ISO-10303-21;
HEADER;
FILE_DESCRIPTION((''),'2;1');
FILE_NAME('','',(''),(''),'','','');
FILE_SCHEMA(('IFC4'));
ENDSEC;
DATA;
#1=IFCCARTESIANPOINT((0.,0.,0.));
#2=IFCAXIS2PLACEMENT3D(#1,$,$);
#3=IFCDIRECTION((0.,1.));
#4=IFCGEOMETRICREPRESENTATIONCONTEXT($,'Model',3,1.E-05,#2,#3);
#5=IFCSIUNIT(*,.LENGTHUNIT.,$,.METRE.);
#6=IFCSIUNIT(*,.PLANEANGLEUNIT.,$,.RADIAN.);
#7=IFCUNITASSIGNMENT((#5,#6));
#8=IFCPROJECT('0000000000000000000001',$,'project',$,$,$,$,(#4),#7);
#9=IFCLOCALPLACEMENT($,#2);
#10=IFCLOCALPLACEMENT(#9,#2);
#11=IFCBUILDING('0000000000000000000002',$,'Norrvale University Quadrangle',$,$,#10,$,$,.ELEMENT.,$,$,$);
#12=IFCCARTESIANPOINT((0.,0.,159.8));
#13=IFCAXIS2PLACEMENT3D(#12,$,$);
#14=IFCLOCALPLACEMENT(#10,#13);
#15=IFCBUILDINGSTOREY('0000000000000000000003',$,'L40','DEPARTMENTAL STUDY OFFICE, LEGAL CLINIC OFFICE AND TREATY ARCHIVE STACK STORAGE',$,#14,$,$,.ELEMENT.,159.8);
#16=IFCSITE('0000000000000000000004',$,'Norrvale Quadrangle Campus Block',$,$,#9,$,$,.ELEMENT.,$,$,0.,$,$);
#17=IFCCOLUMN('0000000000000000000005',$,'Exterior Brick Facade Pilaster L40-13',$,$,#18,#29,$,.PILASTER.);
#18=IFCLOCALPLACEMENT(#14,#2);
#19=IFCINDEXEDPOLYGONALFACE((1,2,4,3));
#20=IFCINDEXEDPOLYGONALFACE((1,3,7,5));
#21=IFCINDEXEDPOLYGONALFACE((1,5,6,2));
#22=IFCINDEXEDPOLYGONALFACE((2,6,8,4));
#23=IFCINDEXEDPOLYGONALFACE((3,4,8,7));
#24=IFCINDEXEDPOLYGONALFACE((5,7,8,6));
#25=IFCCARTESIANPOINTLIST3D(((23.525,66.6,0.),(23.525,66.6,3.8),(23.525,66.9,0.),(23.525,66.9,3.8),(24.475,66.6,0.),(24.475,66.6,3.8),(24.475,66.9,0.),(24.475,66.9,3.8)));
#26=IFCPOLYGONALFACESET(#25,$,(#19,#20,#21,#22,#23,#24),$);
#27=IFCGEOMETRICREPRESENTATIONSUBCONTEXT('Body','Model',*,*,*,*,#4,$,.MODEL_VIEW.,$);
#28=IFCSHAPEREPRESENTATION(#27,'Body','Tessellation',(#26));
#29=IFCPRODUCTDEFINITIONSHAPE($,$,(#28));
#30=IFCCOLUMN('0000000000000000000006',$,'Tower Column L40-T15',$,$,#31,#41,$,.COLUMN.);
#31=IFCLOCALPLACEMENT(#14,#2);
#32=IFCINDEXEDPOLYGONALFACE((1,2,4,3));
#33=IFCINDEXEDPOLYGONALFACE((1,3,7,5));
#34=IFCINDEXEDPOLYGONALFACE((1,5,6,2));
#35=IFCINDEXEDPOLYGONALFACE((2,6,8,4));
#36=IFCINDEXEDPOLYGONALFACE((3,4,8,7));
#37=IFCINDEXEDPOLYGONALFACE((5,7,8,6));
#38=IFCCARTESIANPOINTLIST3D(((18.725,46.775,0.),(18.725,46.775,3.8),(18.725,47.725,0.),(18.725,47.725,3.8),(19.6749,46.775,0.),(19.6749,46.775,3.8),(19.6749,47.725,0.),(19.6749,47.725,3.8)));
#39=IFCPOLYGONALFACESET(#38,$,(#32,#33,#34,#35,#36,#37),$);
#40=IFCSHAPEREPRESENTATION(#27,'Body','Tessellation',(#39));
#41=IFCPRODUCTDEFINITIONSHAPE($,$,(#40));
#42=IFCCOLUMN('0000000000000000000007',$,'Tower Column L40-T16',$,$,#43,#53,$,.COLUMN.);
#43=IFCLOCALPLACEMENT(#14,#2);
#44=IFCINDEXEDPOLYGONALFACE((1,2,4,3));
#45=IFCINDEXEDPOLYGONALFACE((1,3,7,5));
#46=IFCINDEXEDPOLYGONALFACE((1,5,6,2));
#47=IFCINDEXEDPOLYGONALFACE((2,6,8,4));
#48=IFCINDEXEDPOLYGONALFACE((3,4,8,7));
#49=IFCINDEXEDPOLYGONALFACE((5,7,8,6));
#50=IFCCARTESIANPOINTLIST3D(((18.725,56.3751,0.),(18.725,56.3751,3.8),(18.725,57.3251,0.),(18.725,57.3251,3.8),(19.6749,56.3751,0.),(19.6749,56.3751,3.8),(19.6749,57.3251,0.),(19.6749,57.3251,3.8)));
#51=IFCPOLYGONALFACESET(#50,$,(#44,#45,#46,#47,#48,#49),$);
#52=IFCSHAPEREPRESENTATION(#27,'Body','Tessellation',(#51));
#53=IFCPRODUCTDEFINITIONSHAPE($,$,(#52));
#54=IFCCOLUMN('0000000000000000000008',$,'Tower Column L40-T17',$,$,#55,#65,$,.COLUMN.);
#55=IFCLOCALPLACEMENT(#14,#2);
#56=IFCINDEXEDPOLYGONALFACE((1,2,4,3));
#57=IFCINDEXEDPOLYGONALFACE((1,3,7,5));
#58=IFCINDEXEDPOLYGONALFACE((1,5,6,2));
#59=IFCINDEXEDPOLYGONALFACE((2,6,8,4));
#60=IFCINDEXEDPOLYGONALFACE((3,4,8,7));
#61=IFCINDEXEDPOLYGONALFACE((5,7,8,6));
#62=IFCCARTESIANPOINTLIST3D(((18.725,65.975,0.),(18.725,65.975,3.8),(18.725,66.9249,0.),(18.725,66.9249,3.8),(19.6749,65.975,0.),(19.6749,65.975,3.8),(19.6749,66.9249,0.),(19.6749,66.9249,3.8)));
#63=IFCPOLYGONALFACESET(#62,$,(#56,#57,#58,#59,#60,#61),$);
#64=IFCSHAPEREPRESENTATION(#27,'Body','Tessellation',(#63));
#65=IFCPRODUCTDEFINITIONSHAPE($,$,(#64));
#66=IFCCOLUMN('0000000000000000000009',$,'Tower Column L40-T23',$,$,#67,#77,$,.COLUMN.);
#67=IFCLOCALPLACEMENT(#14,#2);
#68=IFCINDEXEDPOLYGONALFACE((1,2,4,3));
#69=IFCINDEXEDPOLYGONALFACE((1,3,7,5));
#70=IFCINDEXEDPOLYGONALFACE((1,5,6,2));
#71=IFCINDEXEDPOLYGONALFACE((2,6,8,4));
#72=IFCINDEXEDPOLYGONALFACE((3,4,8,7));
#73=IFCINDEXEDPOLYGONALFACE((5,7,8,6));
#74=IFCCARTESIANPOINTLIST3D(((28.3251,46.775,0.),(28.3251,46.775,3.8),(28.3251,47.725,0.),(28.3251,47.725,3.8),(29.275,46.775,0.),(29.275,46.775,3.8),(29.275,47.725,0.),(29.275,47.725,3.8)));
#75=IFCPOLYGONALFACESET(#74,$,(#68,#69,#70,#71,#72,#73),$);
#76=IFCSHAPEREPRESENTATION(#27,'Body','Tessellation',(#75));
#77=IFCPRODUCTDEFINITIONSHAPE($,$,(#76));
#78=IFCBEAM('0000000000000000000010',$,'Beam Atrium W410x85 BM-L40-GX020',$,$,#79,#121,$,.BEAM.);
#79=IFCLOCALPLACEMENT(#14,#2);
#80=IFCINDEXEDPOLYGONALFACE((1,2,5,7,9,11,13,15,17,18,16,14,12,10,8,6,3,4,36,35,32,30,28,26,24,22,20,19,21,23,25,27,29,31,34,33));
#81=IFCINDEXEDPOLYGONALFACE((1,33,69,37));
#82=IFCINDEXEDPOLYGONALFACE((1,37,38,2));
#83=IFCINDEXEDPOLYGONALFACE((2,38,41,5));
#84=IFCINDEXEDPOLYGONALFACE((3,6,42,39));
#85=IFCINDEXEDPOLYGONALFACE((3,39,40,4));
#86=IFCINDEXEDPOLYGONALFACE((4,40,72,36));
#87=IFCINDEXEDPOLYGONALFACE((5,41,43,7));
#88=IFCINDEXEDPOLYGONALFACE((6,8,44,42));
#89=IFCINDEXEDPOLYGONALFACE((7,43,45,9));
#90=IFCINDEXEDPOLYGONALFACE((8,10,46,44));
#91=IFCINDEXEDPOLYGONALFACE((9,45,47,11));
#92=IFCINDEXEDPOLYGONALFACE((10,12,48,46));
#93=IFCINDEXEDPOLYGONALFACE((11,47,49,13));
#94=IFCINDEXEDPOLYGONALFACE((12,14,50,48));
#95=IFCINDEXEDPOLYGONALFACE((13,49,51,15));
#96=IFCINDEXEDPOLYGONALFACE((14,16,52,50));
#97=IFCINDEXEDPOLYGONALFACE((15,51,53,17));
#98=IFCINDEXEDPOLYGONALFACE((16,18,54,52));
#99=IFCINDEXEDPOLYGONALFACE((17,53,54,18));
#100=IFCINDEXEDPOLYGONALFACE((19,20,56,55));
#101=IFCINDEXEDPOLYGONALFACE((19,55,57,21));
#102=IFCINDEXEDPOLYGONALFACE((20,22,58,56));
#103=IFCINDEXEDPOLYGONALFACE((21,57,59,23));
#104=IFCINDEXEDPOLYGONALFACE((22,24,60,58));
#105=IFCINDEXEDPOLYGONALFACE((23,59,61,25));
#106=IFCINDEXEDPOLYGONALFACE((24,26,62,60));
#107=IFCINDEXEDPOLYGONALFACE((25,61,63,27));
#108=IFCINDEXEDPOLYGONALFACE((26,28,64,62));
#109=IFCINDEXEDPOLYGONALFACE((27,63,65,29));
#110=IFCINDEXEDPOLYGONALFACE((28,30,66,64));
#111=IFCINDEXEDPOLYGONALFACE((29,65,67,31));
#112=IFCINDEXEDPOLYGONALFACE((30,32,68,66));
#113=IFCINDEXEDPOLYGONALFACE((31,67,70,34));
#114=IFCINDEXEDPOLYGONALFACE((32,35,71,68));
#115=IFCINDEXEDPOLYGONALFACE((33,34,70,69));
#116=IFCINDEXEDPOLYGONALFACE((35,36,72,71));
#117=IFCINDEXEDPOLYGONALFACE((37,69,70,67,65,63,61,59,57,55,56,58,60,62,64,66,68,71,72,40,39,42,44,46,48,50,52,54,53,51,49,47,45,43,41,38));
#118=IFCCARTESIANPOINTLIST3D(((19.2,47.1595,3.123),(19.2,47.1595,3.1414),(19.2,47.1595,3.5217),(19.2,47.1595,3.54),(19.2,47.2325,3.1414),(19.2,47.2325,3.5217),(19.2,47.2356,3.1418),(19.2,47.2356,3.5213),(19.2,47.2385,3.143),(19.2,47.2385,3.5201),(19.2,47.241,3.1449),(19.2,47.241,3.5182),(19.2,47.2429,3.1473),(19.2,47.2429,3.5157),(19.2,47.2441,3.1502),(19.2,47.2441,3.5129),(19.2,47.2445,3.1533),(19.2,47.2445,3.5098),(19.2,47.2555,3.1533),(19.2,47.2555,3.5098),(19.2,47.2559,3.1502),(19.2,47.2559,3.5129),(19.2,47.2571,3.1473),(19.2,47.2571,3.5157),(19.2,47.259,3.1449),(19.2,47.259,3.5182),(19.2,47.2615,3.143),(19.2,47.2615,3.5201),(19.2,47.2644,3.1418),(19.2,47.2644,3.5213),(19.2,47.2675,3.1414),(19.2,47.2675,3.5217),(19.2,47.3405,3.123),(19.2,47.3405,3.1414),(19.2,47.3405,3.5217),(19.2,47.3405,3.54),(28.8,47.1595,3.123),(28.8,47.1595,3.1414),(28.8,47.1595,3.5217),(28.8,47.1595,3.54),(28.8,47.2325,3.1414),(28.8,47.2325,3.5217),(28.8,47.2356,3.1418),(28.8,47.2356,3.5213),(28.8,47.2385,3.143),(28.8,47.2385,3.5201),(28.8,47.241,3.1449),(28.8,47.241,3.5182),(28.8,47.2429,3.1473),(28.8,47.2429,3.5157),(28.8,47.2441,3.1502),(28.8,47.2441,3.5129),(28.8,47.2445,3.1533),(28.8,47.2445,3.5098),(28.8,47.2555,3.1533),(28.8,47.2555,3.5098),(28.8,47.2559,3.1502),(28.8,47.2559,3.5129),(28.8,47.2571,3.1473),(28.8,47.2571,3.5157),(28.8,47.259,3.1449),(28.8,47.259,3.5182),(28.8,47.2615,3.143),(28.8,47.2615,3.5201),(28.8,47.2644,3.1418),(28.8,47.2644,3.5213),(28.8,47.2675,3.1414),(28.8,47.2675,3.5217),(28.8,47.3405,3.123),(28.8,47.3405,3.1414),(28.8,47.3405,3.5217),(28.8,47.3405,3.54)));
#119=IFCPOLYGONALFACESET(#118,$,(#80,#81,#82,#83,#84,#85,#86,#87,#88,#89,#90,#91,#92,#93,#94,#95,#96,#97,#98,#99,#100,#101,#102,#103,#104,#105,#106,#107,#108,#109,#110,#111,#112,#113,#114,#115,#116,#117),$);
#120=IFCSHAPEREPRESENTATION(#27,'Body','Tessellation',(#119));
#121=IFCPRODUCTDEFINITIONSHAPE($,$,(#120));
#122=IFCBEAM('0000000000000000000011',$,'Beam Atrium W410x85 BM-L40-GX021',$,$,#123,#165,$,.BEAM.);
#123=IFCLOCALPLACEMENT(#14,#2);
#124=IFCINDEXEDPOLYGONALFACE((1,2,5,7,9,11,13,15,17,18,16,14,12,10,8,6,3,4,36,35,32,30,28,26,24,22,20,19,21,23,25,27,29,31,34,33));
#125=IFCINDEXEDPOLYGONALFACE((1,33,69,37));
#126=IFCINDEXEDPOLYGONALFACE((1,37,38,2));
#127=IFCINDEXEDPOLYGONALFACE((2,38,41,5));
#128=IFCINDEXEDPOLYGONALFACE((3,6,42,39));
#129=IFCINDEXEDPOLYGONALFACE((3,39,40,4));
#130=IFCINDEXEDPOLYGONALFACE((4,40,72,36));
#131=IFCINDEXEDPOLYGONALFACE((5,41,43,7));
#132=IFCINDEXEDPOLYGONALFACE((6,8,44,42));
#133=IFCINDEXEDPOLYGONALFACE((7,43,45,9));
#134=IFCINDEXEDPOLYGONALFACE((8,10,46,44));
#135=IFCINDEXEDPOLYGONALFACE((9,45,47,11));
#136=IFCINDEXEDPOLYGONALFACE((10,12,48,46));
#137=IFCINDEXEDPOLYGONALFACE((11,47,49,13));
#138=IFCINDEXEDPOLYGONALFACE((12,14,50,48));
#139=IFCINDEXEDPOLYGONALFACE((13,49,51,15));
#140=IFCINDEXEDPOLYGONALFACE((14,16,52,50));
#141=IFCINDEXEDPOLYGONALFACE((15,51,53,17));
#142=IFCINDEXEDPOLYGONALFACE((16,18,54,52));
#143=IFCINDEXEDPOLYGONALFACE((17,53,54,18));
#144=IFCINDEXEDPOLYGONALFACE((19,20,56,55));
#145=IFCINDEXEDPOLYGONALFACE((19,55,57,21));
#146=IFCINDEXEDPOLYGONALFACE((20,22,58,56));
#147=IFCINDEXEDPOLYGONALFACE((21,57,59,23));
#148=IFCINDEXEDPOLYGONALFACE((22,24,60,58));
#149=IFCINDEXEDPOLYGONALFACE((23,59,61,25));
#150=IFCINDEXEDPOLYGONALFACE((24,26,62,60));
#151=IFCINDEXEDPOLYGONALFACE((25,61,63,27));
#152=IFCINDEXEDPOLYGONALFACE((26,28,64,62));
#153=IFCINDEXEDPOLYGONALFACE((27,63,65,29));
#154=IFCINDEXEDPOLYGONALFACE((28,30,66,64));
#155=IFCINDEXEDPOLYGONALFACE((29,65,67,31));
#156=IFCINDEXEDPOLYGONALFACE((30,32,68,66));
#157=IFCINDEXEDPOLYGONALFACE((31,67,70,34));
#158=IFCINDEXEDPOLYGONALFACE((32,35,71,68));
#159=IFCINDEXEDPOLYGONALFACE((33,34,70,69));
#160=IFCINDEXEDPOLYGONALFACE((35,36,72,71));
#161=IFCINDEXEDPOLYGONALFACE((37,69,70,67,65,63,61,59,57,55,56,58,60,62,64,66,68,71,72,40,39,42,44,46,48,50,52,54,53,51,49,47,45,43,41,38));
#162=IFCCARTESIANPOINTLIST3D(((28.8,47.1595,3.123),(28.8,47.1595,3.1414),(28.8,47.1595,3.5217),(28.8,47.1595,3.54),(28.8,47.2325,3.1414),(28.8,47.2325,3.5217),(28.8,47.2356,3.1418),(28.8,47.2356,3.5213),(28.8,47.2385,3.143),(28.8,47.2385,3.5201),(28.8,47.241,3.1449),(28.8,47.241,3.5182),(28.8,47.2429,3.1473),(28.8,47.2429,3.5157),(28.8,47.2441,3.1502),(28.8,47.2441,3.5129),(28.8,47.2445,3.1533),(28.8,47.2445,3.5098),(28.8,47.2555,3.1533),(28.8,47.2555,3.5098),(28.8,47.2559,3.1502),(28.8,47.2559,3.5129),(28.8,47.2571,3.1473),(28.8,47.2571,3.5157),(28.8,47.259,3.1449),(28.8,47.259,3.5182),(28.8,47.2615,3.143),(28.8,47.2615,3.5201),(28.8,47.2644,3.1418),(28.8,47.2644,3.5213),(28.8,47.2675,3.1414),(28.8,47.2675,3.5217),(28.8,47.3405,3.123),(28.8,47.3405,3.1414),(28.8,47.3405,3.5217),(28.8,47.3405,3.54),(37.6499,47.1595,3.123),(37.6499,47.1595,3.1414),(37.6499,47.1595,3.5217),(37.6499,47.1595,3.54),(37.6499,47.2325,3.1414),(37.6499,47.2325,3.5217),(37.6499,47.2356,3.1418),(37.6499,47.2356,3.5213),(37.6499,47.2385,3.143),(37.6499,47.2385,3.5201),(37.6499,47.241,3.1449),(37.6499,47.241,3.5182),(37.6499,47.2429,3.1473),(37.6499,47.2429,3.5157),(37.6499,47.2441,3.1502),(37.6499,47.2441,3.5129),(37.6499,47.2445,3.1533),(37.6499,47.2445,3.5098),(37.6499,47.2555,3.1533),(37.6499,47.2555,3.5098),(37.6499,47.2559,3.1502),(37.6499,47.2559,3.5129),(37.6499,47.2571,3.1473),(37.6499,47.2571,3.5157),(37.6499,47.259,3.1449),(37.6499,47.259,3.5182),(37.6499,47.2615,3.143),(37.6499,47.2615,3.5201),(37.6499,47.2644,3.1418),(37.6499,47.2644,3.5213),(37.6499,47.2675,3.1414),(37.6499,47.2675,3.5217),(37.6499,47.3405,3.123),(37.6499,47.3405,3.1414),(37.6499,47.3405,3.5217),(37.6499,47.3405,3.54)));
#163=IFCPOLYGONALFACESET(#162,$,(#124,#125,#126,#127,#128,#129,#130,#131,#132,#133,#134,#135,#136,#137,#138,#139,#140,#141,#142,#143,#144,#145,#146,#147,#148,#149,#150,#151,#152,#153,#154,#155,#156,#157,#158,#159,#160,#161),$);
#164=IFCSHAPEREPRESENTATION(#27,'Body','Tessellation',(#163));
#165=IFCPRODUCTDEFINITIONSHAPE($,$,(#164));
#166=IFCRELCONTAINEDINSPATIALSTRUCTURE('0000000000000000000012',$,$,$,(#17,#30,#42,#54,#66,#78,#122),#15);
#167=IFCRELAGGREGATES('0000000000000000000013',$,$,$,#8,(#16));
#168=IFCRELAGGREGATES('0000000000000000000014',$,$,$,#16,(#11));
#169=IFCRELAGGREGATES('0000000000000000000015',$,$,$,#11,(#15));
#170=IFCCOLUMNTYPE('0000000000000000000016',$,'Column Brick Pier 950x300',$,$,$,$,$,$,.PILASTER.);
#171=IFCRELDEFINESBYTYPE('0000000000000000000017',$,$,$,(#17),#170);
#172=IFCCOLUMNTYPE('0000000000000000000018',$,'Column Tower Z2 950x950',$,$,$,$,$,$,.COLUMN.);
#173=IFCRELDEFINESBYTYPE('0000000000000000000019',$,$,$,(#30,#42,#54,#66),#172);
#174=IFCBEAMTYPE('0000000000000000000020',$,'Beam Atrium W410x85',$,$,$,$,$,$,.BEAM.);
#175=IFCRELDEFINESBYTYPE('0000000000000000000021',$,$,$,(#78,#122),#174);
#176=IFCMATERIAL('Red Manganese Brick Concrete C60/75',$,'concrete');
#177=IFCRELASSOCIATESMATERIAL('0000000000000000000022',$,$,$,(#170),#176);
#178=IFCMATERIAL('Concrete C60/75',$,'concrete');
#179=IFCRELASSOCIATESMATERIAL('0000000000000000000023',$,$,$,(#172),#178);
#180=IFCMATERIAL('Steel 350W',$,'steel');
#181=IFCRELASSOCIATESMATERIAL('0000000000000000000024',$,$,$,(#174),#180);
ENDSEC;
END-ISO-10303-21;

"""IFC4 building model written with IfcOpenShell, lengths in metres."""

from ifc_helpers import new_model, si_unit, direction, frame, origin, origin_2d, place, context, subcontext, project, spatial, rectangle, i_section, extrude, material, material_profile, profile_set, type_object, element, save


model = new_model("IFC4")

# Units and contexts
model_context = context("Model", 3, precision=1e-05, world=origin(), true_north=direction((0.0, 1.0)))
body_context = subcontext(model_context, "Body", "Model", "MODEL_VIEW")
ifc_project = project(units=[si_unit("LENGTHUNIT", "METRE"), si_unit("PLANEANGLEUNIT", "RADIAN")], contexts=[model_context])

# Site, building, storey
site_placement = place(None, origin())
site = spatial("IfcSite", under=ifc_project, at=site_placement, Name="Norrvale Quadrangle Campus Block", CompositionType="ELEMENT", RefElevation=0.0)
building_placement = place(site_placement, origin())
building = spatial("IfcBuilding", under=site, at=building_placement, Name="Norrvale University Quadrangle", CompositionType="ELEMENT")
storey_placement = place(building_placement, frame((0.0, 0.0, 159.8)))
storey = spatial("IfcBuildingStorey", under=building, at=storey_placement, Name="L40", Description="DEPARTMENTAL STUDY OFFICE, LEGAL CLINIC OFFICE AND TREATY ARCHIVE STACK STORAGE", CompositionType="ELEMENT", Elevation=159.8)

# Columns
ifc_material_1 = material(Name="Red Manganese Brick Concrete C60/75", Category="concrete")
ifc_material_profile_1 = material_profile(ifc_material_1, rectangle(XDim=0.95, YDim=0.3, at=origin_2d()), Name="Red Manganese Brick Concrete C60/75")
ifc_profile_set_1 = profile_set([ifc_material_profile_1], Name="Red Manganese Brick Concrete C60/75")
column_type_1 = type_object("IfcColumnType", Name="Column Brick Pier 950x300", PredefinedType="PILASTER", material=ifc_profile_set_1)
column_placement = place(storey_placement, frame((24.0, 66.75, 0.0), z_axis=(0.0, 0.0, 1.0), x_axis=(1.0, 0.0, 0.0)))
element("IfcColumn", 1, at=column_placement, inside=storey, type_object=column_type_1, Name="Exterior Brick Facade Pilaster L40-13", PredefinedType="PILASTER", context=body_context, shape_type="SweptSolid", body=[
    extrude(rectangle(XDim=0.95, YDim=0.3, at=origin_2d()), origin(), (0.0, 0.0, 1.0), 3.8),
])
ifc_material_2 = material(Name="Concrete C60/75", Category="concrete")
ifc_material_profile_2 = material_profile(ifc_material_2, rectangle(XDim=0.95, YDim=0.95, at=origin_2d()), Name="Concrete C60/75")
ifc_profile_set_2 = profile_set([ifc_material_profile_2], Name="Concrete C60/75")
column_type_2 = type_object("IfcColumnType", Name="Column Tower Z2 950x950", PredefinedType="COLUMN", material=ifc_profile_set_2)
for number, where, z_axis, x_axis, name in (
    (2, (19.2, 47.25, 0.0), (0.0, 0.0, 1.0), (1.0, 0.0, 0.0), "Tower Column L40-T15"),
    (3, (19.2, 56.8501, 0.0), (0.0, 0.0, 1.0), (1.0, 0.0, 0.0), "Tower Column L40-T16"),
    (4, (19.2, 66.45, 0.0), (0.0, 0.0, 1.0), (1.0, 0.0, 0.0), "Tower Column L40-T17"),
    (5, (28.8, 47.25, 0.0), (0.0, 0.0, 1.0), (1.0, 0.0, 0.0), "Tower Column L40-T23"),
):
    element("IfcColumn", number, at=place(storey_placement, frame(where, z_axis=z_axis, x_axis=x_axis)), inside=storey, type_object=column_type_2, Name=name, PredefinedType="COLUMN", context=body_context, shape_type="SweptSolid", body=[
        extrude(rectangle(XDim=0.95, YDim=0.95, at=origin_2d()), origin(), (0.0, 0.0, 1.0), 3.8),
    ])

# Beams
ifc_material_3 = material(Name="Steel 350W", Category="steel")
ifc_material_profile_3 = material_profile(ifc_material_3, i_section(OverallWidth=0.1809, OverallDepth=0.417, WebThickness=0.011, FlangeThickness=0.0183, FilletRadius=0.012, at=origin_2d()), Name="Steel 350W")
ifc_profile_set_3 = profile_set([ifc_material_profile_3], Name="Steel 350W")
beam_type_1 = type_object("IfcBeamType", Name="Beam Atrium W410x85", PredefinedType="BEAM", material=ifc_profile_set_3)
beam_1_placement = place(storey_placement, frame((19.2, 47.25, 3.3315), z_axis=(1.0, 0.0, 0.0), x_axis=(0.0, 1.0, 0.0)))
element("IfcBeam", 6, at=beam_1_placement, inside=storey, type_object=beam_type_1, Name="Beam Atrium W410x85 BM-L40-GX020", PredefinedType="BEAM", context=body_context, shape_type="SweptSolid", body=[
    extrude(i_section(OverallWidth=0.1809, OverallDepth=0.417, WebThickness=0.011, FlangeThickness=0.0183, FilletRadius=0.012, at=origin_2d()), origin(), (0.0, 0.0, 1.0), 9.6001),
])
beam_2_placement = place(storey_placement, frame((28.8, 47.25, 3.3315), z_axis=(1.0, 0.0, 0.0), x_axis=(0.0, 1.0, 0.0)))
element("IfcBeam", 7, at=beam_2_placement, inside=storey, type_object=beam_type_1, Name="Beam Atrium W410x85 BM-L40-GX021", PredefinedType="BEAM", context=body_context, shape_type="SweptSolid", body=[
    extrude(i_section(OverallWidth=0.1809, OverallDepth=0.417, WebThickness=0.011, FlangeThickness=0.0183, FilletRadius=0.012, at=origin_2d()), origin(), (0.0, 0.0, 1.0), 8.8499),
])

save(model, "model.ifc")
